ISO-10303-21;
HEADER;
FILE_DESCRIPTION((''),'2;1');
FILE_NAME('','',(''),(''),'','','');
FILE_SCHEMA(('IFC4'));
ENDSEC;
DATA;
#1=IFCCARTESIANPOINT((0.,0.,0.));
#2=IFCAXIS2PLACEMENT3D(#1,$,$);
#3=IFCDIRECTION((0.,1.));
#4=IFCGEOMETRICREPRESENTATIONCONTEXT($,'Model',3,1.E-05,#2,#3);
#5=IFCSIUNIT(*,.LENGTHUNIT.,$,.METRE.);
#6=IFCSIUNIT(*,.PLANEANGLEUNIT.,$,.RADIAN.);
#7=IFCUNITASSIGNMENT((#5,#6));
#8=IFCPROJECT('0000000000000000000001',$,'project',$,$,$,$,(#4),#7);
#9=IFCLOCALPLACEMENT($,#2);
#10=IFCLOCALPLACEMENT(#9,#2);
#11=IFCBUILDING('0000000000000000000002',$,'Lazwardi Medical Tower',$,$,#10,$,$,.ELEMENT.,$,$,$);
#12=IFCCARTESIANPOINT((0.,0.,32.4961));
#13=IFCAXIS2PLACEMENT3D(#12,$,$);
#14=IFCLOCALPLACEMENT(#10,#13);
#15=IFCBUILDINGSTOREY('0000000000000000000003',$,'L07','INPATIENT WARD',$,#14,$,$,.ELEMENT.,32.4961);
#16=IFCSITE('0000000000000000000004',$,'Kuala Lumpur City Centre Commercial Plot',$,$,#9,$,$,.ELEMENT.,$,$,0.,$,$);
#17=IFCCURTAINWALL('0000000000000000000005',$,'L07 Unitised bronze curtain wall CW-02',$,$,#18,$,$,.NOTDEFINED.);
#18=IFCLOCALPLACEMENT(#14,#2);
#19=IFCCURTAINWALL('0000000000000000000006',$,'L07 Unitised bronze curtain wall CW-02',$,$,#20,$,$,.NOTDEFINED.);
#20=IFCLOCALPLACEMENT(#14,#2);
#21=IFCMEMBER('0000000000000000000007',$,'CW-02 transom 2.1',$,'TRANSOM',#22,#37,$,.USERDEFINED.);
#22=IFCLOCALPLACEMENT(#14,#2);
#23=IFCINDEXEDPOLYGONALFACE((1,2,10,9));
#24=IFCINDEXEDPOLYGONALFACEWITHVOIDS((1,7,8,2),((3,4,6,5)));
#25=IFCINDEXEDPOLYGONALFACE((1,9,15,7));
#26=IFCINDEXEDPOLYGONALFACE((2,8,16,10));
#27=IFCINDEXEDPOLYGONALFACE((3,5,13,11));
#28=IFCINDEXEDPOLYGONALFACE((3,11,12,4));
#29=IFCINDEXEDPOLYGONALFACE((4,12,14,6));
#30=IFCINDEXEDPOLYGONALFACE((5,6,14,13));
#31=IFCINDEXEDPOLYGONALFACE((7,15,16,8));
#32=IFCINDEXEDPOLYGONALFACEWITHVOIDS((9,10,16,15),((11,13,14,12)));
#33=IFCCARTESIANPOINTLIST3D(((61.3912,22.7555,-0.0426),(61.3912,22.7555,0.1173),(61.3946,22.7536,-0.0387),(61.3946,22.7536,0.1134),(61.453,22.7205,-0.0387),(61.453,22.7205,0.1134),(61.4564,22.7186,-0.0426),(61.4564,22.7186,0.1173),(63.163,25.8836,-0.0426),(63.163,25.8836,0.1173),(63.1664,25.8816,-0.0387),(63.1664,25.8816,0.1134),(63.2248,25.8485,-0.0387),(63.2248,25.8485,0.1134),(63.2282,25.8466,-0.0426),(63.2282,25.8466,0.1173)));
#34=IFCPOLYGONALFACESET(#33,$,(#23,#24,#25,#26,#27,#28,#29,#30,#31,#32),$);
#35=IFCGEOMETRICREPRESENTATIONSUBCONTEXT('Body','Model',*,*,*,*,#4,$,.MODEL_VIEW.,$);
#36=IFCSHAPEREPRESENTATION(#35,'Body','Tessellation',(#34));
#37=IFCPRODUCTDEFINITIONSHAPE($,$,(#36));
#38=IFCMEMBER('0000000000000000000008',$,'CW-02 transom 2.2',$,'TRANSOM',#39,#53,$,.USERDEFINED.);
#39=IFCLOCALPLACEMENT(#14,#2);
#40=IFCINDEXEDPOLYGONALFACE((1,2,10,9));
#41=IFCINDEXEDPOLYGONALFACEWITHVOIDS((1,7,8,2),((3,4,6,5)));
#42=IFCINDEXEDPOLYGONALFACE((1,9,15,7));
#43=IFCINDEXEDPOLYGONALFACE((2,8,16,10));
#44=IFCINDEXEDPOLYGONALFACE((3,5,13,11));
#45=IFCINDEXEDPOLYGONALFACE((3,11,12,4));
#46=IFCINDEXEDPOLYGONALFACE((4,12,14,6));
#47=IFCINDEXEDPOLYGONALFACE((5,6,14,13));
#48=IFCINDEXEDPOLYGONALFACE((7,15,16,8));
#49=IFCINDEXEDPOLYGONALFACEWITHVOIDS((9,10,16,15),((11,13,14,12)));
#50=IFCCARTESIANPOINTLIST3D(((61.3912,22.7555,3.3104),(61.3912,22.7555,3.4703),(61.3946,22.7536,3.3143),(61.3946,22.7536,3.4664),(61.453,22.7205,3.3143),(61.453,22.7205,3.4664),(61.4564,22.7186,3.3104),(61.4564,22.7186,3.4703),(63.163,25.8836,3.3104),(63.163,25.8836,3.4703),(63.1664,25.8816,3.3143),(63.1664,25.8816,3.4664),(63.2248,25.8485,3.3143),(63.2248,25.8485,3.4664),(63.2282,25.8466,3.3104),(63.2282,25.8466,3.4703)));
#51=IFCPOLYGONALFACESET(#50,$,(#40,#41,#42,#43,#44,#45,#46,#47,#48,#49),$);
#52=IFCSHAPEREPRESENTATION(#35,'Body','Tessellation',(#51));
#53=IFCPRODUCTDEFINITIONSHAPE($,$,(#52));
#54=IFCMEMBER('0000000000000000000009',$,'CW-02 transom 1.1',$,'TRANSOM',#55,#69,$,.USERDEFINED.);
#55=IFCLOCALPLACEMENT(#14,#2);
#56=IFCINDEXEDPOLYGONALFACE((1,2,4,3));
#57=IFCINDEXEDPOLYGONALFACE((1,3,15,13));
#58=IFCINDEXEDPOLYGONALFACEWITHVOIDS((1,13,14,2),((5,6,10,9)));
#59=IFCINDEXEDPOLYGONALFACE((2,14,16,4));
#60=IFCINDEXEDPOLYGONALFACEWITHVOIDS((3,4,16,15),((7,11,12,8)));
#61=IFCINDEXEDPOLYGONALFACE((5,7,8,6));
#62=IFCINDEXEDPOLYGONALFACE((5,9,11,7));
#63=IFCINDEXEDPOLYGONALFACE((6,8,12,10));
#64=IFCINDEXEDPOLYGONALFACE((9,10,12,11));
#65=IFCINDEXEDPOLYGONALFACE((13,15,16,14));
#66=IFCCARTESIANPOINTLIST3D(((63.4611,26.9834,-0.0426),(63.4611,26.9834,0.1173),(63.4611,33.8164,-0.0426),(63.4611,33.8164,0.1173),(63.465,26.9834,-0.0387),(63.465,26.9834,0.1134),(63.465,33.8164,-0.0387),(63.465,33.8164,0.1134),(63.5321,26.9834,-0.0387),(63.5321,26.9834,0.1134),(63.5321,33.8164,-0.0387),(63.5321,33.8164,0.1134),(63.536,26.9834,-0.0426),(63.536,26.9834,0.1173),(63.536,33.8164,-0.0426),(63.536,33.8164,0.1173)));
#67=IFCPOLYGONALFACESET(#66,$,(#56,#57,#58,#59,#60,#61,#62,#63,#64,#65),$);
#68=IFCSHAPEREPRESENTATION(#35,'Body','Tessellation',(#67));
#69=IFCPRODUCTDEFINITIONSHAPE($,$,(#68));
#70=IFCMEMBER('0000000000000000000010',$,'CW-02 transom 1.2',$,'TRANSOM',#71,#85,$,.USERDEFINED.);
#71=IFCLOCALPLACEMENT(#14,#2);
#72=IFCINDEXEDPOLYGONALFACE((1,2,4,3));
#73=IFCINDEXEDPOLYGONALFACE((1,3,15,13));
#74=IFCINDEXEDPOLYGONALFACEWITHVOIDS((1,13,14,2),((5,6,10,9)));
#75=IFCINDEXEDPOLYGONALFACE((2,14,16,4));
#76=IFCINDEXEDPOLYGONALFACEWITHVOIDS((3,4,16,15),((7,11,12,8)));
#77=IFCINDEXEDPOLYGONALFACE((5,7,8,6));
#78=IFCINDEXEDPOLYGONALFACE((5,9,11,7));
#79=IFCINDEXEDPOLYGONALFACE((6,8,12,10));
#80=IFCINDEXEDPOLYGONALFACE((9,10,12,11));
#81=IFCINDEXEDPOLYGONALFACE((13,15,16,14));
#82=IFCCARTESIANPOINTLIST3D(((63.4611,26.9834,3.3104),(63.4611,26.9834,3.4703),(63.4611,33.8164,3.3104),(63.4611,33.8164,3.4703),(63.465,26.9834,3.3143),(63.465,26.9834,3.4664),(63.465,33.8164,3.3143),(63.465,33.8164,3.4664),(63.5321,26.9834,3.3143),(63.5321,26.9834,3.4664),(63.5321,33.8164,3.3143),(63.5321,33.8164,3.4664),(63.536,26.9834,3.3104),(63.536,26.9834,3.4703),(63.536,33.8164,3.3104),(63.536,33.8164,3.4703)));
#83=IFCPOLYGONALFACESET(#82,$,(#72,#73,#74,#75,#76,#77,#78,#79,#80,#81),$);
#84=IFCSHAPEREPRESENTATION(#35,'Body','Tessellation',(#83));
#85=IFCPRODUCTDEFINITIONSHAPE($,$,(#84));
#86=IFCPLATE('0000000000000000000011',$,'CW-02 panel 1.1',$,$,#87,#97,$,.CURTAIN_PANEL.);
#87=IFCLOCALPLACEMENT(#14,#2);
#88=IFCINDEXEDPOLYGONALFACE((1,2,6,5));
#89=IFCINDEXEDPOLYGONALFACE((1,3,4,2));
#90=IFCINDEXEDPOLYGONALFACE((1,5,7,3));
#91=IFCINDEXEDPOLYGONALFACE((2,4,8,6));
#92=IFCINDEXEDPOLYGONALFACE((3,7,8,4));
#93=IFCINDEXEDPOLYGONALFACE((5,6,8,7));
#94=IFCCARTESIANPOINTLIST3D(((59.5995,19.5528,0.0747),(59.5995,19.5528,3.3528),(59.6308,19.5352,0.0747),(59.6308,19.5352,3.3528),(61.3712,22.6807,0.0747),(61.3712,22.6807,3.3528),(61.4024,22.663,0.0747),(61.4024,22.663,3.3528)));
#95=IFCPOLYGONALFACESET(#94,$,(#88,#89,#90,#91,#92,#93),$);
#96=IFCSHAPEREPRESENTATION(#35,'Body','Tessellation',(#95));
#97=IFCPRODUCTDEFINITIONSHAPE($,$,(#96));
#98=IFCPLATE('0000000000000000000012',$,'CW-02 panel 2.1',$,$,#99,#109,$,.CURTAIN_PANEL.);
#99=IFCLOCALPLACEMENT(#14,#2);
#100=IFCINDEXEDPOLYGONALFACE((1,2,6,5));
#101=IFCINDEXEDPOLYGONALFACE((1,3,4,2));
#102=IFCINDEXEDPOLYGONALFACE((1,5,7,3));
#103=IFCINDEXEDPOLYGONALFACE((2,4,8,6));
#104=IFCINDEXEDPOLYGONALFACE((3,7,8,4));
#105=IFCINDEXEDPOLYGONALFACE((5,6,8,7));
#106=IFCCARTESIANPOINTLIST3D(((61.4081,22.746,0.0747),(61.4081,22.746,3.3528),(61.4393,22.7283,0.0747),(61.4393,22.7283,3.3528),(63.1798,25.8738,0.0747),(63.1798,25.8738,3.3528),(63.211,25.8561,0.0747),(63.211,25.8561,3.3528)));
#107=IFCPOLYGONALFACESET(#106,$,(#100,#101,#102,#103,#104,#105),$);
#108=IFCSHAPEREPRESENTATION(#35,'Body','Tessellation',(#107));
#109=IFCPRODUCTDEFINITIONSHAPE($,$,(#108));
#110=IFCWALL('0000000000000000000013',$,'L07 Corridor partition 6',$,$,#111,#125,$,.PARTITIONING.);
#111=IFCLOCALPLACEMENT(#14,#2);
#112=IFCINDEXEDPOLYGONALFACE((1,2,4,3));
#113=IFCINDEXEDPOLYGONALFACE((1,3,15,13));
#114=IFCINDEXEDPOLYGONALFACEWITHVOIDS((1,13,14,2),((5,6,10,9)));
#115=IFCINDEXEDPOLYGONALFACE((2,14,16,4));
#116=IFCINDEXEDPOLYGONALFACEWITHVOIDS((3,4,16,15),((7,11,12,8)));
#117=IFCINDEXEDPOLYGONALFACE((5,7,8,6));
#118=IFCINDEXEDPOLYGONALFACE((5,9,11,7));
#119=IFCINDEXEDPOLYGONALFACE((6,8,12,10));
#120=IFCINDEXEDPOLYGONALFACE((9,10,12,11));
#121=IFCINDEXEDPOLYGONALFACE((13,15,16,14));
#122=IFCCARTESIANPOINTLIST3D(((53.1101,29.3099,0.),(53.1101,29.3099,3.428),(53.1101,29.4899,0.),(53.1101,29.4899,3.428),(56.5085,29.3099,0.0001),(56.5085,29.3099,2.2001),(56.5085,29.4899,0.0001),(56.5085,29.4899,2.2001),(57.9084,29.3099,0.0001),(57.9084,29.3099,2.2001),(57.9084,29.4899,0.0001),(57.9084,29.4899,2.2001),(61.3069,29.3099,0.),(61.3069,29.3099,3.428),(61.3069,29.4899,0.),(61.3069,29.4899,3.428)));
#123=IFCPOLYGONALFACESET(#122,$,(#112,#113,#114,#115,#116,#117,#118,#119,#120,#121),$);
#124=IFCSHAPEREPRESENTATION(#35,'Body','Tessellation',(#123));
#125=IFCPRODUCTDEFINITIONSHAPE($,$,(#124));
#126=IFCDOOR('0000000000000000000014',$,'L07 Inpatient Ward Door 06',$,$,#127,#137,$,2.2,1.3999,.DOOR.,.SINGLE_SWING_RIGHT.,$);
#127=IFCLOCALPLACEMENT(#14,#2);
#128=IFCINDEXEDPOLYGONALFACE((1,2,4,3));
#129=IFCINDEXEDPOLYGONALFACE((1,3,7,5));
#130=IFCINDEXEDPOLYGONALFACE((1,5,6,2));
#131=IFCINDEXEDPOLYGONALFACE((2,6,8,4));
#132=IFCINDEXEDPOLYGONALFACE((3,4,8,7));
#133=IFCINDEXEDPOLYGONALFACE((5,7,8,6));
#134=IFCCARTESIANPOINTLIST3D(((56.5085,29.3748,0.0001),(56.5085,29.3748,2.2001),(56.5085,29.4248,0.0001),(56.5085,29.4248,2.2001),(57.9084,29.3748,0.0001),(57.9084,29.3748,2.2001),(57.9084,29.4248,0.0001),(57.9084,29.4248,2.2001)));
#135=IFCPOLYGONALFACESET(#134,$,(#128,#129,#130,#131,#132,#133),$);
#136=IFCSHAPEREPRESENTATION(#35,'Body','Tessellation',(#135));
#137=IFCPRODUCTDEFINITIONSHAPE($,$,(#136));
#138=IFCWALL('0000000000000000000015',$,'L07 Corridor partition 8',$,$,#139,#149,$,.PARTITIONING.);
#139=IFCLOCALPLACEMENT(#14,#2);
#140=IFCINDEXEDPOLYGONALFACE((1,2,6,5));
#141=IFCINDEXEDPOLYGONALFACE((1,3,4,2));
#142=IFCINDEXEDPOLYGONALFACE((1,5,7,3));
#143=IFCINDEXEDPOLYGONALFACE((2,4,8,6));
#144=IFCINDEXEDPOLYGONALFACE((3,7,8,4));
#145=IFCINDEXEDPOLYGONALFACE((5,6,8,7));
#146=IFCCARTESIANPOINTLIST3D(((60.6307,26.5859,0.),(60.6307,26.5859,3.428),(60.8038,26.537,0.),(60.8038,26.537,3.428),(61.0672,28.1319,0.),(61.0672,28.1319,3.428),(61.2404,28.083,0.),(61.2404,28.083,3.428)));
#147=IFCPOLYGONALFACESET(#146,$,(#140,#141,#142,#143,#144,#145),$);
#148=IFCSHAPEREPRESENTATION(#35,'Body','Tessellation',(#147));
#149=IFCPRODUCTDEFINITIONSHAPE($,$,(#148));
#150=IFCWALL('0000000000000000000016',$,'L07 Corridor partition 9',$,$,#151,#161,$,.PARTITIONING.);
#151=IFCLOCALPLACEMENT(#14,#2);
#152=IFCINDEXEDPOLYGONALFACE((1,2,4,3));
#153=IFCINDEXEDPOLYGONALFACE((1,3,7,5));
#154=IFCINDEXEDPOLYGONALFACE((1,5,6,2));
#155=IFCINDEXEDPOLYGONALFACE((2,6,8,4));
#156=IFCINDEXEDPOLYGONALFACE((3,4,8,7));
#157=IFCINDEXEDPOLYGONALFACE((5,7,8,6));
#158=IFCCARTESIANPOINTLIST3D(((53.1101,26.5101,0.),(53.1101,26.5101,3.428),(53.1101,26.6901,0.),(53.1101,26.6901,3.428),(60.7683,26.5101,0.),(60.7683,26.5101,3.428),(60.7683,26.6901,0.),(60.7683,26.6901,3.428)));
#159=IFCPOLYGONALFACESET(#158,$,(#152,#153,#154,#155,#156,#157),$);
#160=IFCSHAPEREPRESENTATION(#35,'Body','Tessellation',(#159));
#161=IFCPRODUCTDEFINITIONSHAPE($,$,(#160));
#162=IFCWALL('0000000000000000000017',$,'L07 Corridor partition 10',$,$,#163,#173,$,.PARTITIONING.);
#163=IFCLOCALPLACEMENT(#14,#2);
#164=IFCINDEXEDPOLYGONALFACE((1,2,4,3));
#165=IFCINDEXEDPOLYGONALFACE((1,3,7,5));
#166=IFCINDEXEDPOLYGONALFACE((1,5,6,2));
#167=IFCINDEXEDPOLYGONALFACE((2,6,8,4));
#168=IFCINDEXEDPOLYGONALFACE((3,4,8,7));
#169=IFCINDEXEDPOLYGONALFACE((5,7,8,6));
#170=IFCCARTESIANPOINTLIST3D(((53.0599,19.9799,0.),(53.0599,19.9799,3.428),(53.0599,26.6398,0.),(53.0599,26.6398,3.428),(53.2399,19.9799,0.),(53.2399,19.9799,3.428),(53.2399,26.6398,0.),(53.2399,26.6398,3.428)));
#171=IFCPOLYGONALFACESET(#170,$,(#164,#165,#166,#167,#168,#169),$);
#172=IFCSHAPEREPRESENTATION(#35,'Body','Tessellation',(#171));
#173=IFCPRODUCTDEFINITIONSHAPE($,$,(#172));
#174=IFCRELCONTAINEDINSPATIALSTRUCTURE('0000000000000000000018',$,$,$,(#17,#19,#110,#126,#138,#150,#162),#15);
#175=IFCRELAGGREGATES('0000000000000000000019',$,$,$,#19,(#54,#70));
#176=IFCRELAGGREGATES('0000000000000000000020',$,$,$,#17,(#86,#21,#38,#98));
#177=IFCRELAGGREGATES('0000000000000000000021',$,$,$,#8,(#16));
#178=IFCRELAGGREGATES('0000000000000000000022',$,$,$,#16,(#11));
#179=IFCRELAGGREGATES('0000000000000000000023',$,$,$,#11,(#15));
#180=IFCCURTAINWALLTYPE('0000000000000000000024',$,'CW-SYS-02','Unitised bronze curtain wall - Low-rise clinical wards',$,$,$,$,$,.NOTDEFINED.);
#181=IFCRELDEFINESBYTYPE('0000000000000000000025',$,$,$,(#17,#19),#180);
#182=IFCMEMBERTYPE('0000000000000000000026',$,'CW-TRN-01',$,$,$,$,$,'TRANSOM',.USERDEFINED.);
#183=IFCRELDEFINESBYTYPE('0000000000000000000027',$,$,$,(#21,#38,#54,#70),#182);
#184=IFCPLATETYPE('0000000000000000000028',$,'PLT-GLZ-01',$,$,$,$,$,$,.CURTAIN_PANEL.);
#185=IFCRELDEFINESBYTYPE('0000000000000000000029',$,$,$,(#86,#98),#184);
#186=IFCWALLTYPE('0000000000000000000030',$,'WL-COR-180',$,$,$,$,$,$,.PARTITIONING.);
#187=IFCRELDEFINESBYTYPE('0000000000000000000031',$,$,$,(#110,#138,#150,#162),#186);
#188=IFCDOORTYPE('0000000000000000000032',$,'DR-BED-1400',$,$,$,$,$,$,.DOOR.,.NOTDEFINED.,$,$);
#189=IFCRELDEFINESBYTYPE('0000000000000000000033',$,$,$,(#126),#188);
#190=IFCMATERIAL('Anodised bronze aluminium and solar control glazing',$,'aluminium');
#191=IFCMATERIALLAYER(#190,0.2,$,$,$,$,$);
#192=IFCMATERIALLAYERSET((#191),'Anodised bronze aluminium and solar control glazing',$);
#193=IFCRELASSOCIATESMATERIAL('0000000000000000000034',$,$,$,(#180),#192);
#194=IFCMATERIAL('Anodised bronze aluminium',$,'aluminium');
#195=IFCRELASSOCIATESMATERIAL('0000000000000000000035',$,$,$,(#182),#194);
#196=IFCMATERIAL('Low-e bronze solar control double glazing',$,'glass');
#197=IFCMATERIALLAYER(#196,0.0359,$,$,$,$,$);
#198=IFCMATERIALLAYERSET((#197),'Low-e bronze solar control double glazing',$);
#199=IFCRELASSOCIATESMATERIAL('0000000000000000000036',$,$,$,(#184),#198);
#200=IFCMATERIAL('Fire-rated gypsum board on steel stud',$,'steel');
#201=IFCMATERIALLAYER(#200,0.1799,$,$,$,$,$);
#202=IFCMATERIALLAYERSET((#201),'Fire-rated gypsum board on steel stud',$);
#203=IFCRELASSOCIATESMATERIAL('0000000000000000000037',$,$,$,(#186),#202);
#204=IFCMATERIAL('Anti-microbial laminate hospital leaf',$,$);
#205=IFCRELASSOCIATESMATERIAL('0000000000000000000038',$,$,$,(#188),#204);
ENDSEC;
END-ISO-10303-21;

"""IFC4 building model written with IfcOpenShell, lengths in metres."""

from ifc_helpers import new_model, si_unit, direction, frame, frame_2d, origin, origin_2d, place, context, subcontext, project, spatial, rectangle, hollow_rectangle, extrude, material, layer, layer_set, material_profile, profile_set, type_object, element, fill, aggregate, save


model = new_model("IFC4")

# Units and contexts
model_context = context("Model", 3, precision=1e-05, world=origin(), true_north=direction((0.0, 1.0)))
body_context = subcontext(model_context, "Body", "Model", "MODEL_VIEW")
ifc_project = project(units=[si_unit("LENGTHUNIT", "METRE"), si_unit("PLANEANGLEUNIT", "RADIAN")], contexts=[model_context])

# Site, building, storey
site_placement = place(None, origin())
site = spatial("IfcSite", under=ifc_project, at=site_placement, Name="Kuala Lumpur City Centre Commercial Plot", CompositionType="ELEMENT", RefElevation=0.0)
building_placement = place(site_placement, origin())
building = spatial("IfcBuilding", under=site, at=building_placement, Name="Lazwardi Medical Tower", CompositionType="ELEMENT")
storey_placement = place(building_placement, frame((0.0, 0.0, 32.4961)))
storey = spatial("IfcBuildingStorey", under=building, at=storey_placement, Name="L07", Description="INPATIENT WARD", CompositionType="ELEMENT", Elevation=32.4961)

# Curtain wall
ifc_material_1 = material(Name="Anodised bronze aluminium and solar control glazing", Category="aluminium")
ifc_layer_1 = layer(ifc_material_1, 0.2)
ifc_layer_set_1 = layer_set([ifc_layer_1], Name="Anodised bronze aluminium and solar control glazing")
curtain_wall_type = type_object("IfcCurtainWallType", Name="CW-SYS-02", Description="Unitised bronze curtain wall - Low-rise clinical wards", PredefinedType="NOTDEFINED", material=ifc_layer_set_1)
curtain_wall_1_placement = place(storey_placement, origin())
curtain_wall_1 = element("IfcCurtainWall", 1, at=curtain_wall_1_placement, inside=storey, type_object=curtain_wall_type, Name="L07 Unitised bronze curtain wall CW-02", PredefinedType="NOTDEFINED")
ifc_material_2 = material(Name="Anodised bronze aluminium", Category="aluminium")

# Curtain wall
curtain_wall_2_placement = place(storey_placement, origin())
curtain_wall_2 = element("IfcCurtainWall", 2, at=curtain_wall_2_placement, inside=storey, type_object=curtain_wall_type, Name="L07 Unitised bronze curtain wall CW-02", PredefinedType="NOTDEFINED")

# Members
ifc_material_profile_1 = material_profile(ifc_material_2, hollow_rectangle(XDim=0.075, YDim=0.1599, WallThickness=0.0039, at=origin_2d()), Name="ALU-TRANSOM 160x75x4")
ifc_profile_set_1 = profile_set([ifc_material_profile_1], Name="Anodised bronze aluminium")
member_type_1 = type_object("IfcMemberType", Name="CW-TRN-01", ElementType="TRANSOM", PredefinedType="USERDEFINED", material=ifc_profile_set_1)
member_1_placement = place(storey_placement, frame((61.4238, 22.7371, 0.0374), z_axis=(0.492851, 0.870113, 0.0), x_axis=(-0.870113, 0.492851, 0.0)))
member_1 = element("IfcMember", 3, at=member_1_placement, type_object=member_type_1, Name="CW-02 transom 2.1", ObjectType="TRANSOM", PredefinedType="USERDEFINED", context=body_context, shape_type="SweptSolid", body=[
    extrude(hollow_rectangle(XDim=0.075, YDim=0.1599, WallThickness=0.0039, at=origin_2d()), origin(), (0.0, 0.0, 1.0), 3.595),
])
member_2_placement = place(storey_placement, frame((61.4238, 22.7371, 3.3904), z_axis=(0.492851, 0.870113, 0.0), x_axis=(-0.870113, 0.492851, 0.0)))
member_2 = element("IfcMember", 4, at=member_2_placement, type_object=member_type_1, Name="CW-02 transom 2.2", ObjectType="TRANSOM", PredefinedType="USERDEFINED", context=body_context, shape_type="SweptSolid", body=[
    extrude(hollow_rectangle(XDim=0.075, YDim=0.1599, WallThickness=0.0039, at=origin_2d()), origin(), (0.0, 0.0, 1.0), 3.595),
])
member_3_placement = place(storey_placement, frame((63.4985, 26.9834, 0.0374), z_axis=(0.0, 1.0, 0.0), x_axis=(-1.0, 0.0, 0.0)))
member_3 = element("IfcMember", 5, at=member_3_placement, type_object=member_type_1, Name="CW-02 transom 1.1", ObjectType="TRANSOM", PredefinedType="USERDEFINED", context=body_context, shape_type="SweptSolid", body=[
    extrude(hollow_rectangle(XDim=0.075, YDim=0.1599, WallThickness=0.0039, at=origin_2d()), origin(), (0.0, 0.0, 1.0), 6.833),
])
member_4_placement = place(storey_placement, frame((63.4985, 26.9834, 3.3904), z_axis=(0.0, 1.0, 0.0), x_axis=(-1.0, 0.0, 0.0)))
member_4 = element("IfcMember", 6, at=member_4_placement, type_object=member_type_1, Name="CW-02 transom 1.2", ObjectType="TRANSOM", PredefinedType="USERDEFINED", context=body_context, shape_type="SweptSolid", body=[
    extrude(hollow_rectangle(XDim=0.075, YDim=0.1599, WallThickness=0.0039, at=origin_2d()), origin(), (0.0, 0.0, 1.0), 6.833),
])
aggregate(curtain_wall_2, [member_3, member_4])

# Plates
ifc_material_3 = material(Name="Low-e bronze solar control double glazing", Category="glass")
ifc_layer_2 = layer(ifc_material_3, 0.0359)
ifc_layer_set_2 = layer_set([ifc_layer_2], Name="Low-e bronze solar control double glazing")
plate_type = type_object("IfcPlateType", Name="PLT-GLZ-01", PredefinedType="CURTAIN_PANEL", material=ifc_layer_set_2)
plate_1_placement = place(storey_placement, frame((60.501, 21.1079, 0.0747), z_axis=(0.0, 0.0, 1.0), x_axis=(0.492854, 0.870112, 0.0)))
plate_1 = element("IfcPlate", 7, at=plate_1_placement, type_object=plate_type, Name="CW-02 panel 1.1", PredefinedType="CURTAIN_PANEL", context=body_context, shape_type="SweptSolid", body=[
    extrude(rectangle(XDim=3.5947, YDim=0.0359, at=origin_2d()), origin(), (0.0, 0.0, 1.0), 3.2781),
])
plate_2_placement = place(storey_placement, frame((62.3096, 24.301, 0.0747), z_axis=(0.0, 0.0, 1.0), x_axis=(0.492854, 0.870112, 0.0)))
plate_2 = element("IfcPlate", 8, at=plate_2_placement, type_object=plate_type, Name="CW-02 panel 2.1", PredefinedType="CURTAIN_PANEL", context=body_context, shape_type="SweptSolid", body=[
    extrude(rectangle(XDim=3.5947, YDim=0.0359, at=origin_2d()), origin(), (0.0, 0.0, 1.0), 3.2781),
])
aggregate(curtain_wall_1, [plate_1, member_1, member_2, plate_2])

# Wall, opening, door
ifc_material_4 = material(Name="Fire-rated gypsum board on steel stud", Category="steel")
ifc_layer_3 = layer(ifc_material_4, 0.1799)
ifc_layer_set_3 = layer_set([ifc_layer_3], Name="Fire-rated gypsum board on steel stud")
wall_type_1 = type_object("IfcWallType", Name="WL-COR-180", PredefinedType="PARTITIONING", material=ifc_layer_set_3)
wall_1_placement = place(storey_placement, frame((53.1101, 29.3999, 0.0), z_axis=(0.0, 0.0, 1.0), x_axis=(1.0, 0.0, 0.0)))
wall_1 = element("IfcWall", 9, at=wall_1_placement, inside=storey, type_object=wall_type_1, Name="L07 Corridor partition 6", PredefinedType="PARTITIONING", context=body_context, shape_type="SweptSolid", body=[
    extrude(rectangle(XDim=8.1968, YDim=0.1799, at=frame_2d((4.0984, 0.0))), origin(), (0.0, 0.0, 1.0), 3.428),
])
opening_1_placement = place(wall_1_placement, frame((3.3984, 0.0, 0.0)))
opening_1 = element("IfcOpeningElement", 10, at=opening_1_placement, cuts=wall_1, PredefinedType="OPENING", context=body_context, shape_type="SweptSolid", body=[
    extrude(rectangle(XDim=1.3999, YDim=2.2, at=frame_2d((0.7, 1.1001))), frame((0.0, 0.0999, 0.0), z_axis=(0.0, -1.0, 0.0), x_axis=(1.0, 0.0, 0.0)), (0.0, 0.0, 1.0), 0.2),
])
ifc_material_5 = material(Name="Anti-microbial laminate hospital leaf")
door_type_1 = type_object("IfcDoorType", Name="DR-BED-1400", OperationType="NOTDEFINED", PredefinedType="DOOR", material=ifc_material_5)
door_1_placement = place(opening_1_placement, origin())
door_1 = element("IfcDoor", 11, at=door_1_placement, inside=storey, type_object=door_type_1, Name="L07 Inpatient Ward Door 06", OperationType="SINGLE_SWING_RIGHT", OverallHeight=2.2, OverallWidth=1.3999, PredefinedType="DOOR", context=body_context, shape_type="SweptSolid", body=[
    extrude(rectangle(XDim=1.3999, YDim=2.2, at=frame_2d((0.7, 1.1001))), frame((0.0, 0.0249, 0.0), z_axis=(0.0, -1.0, 0.0), x_axis=(1.0, 0.0, 0.0)), (0.0, 0.0, 1.0), 0.05),
])
fill(opening_1, door_1)

# Walls
wall_2_placement = place(storey_placement, frame((61.1538, 28.1074, 0.0), z_axis=(0.0, 0.0, 1.0), x_axis=(-0.271749, -0.962368, 0.0)))
element("IfcWall", 12, at=wall_2_placement, inside=storey, type_object=wall_type_1, Name="L07 Corridor partition 8", PredefinedType="PARTITIONING", context=body_context, shape_type="SweptSolid", body=[
    extrude(rectangle(XDim=1.6064, YDim=0.1799, at=frame_2d((0.8032, 0.0))), origin(), (0.0, 0.0, 1.0), 3.428),
])
wall_3_placement = place(storey_placement, frame((60.7683, 26.6001, 0.0), z_axis=(0.0, 0.0, 1.0), x_axis=(-1.0, 0.0, 0.0)))
element("IfcWall", 13, at=wall_3_placement, inside=storey, type_object=wall_type_1, Name="L07 Corridor partition 9", PredefinedType="PARTITIONING", context=body_context, shape_type="SweptSolid", body=[
    extrude(rectangle(XDim=7.6582, YDim=0.1799, at=frame_2d((3.8291, 0.0))), origin(), (0.0, 0.0, 1.0), 3.428),
])
wall_4_placement = place(storey_placement, frame((53.1499, 26.6399, 0.0), z_axis=(0.0, 0.0, 1.0), x_axis=(0.0, -1.0, 0.0)))
element("IfcWall", 14, at=wall_4_placement, inside=storey, type_object=wall_type_1, Name="L07 Corridor partition 10", PredefinedType="PARTITIONING", context=body_context, shape_type="SweptSolid", body=[
    extrude(rectangle(XDim=6.6599, YDim=0.1799, at=frame_2d((3.3301, 0.0))), origin(), (0.0, 0.0, 1.0), 3.428),
])

save(model, "model.ifc")
